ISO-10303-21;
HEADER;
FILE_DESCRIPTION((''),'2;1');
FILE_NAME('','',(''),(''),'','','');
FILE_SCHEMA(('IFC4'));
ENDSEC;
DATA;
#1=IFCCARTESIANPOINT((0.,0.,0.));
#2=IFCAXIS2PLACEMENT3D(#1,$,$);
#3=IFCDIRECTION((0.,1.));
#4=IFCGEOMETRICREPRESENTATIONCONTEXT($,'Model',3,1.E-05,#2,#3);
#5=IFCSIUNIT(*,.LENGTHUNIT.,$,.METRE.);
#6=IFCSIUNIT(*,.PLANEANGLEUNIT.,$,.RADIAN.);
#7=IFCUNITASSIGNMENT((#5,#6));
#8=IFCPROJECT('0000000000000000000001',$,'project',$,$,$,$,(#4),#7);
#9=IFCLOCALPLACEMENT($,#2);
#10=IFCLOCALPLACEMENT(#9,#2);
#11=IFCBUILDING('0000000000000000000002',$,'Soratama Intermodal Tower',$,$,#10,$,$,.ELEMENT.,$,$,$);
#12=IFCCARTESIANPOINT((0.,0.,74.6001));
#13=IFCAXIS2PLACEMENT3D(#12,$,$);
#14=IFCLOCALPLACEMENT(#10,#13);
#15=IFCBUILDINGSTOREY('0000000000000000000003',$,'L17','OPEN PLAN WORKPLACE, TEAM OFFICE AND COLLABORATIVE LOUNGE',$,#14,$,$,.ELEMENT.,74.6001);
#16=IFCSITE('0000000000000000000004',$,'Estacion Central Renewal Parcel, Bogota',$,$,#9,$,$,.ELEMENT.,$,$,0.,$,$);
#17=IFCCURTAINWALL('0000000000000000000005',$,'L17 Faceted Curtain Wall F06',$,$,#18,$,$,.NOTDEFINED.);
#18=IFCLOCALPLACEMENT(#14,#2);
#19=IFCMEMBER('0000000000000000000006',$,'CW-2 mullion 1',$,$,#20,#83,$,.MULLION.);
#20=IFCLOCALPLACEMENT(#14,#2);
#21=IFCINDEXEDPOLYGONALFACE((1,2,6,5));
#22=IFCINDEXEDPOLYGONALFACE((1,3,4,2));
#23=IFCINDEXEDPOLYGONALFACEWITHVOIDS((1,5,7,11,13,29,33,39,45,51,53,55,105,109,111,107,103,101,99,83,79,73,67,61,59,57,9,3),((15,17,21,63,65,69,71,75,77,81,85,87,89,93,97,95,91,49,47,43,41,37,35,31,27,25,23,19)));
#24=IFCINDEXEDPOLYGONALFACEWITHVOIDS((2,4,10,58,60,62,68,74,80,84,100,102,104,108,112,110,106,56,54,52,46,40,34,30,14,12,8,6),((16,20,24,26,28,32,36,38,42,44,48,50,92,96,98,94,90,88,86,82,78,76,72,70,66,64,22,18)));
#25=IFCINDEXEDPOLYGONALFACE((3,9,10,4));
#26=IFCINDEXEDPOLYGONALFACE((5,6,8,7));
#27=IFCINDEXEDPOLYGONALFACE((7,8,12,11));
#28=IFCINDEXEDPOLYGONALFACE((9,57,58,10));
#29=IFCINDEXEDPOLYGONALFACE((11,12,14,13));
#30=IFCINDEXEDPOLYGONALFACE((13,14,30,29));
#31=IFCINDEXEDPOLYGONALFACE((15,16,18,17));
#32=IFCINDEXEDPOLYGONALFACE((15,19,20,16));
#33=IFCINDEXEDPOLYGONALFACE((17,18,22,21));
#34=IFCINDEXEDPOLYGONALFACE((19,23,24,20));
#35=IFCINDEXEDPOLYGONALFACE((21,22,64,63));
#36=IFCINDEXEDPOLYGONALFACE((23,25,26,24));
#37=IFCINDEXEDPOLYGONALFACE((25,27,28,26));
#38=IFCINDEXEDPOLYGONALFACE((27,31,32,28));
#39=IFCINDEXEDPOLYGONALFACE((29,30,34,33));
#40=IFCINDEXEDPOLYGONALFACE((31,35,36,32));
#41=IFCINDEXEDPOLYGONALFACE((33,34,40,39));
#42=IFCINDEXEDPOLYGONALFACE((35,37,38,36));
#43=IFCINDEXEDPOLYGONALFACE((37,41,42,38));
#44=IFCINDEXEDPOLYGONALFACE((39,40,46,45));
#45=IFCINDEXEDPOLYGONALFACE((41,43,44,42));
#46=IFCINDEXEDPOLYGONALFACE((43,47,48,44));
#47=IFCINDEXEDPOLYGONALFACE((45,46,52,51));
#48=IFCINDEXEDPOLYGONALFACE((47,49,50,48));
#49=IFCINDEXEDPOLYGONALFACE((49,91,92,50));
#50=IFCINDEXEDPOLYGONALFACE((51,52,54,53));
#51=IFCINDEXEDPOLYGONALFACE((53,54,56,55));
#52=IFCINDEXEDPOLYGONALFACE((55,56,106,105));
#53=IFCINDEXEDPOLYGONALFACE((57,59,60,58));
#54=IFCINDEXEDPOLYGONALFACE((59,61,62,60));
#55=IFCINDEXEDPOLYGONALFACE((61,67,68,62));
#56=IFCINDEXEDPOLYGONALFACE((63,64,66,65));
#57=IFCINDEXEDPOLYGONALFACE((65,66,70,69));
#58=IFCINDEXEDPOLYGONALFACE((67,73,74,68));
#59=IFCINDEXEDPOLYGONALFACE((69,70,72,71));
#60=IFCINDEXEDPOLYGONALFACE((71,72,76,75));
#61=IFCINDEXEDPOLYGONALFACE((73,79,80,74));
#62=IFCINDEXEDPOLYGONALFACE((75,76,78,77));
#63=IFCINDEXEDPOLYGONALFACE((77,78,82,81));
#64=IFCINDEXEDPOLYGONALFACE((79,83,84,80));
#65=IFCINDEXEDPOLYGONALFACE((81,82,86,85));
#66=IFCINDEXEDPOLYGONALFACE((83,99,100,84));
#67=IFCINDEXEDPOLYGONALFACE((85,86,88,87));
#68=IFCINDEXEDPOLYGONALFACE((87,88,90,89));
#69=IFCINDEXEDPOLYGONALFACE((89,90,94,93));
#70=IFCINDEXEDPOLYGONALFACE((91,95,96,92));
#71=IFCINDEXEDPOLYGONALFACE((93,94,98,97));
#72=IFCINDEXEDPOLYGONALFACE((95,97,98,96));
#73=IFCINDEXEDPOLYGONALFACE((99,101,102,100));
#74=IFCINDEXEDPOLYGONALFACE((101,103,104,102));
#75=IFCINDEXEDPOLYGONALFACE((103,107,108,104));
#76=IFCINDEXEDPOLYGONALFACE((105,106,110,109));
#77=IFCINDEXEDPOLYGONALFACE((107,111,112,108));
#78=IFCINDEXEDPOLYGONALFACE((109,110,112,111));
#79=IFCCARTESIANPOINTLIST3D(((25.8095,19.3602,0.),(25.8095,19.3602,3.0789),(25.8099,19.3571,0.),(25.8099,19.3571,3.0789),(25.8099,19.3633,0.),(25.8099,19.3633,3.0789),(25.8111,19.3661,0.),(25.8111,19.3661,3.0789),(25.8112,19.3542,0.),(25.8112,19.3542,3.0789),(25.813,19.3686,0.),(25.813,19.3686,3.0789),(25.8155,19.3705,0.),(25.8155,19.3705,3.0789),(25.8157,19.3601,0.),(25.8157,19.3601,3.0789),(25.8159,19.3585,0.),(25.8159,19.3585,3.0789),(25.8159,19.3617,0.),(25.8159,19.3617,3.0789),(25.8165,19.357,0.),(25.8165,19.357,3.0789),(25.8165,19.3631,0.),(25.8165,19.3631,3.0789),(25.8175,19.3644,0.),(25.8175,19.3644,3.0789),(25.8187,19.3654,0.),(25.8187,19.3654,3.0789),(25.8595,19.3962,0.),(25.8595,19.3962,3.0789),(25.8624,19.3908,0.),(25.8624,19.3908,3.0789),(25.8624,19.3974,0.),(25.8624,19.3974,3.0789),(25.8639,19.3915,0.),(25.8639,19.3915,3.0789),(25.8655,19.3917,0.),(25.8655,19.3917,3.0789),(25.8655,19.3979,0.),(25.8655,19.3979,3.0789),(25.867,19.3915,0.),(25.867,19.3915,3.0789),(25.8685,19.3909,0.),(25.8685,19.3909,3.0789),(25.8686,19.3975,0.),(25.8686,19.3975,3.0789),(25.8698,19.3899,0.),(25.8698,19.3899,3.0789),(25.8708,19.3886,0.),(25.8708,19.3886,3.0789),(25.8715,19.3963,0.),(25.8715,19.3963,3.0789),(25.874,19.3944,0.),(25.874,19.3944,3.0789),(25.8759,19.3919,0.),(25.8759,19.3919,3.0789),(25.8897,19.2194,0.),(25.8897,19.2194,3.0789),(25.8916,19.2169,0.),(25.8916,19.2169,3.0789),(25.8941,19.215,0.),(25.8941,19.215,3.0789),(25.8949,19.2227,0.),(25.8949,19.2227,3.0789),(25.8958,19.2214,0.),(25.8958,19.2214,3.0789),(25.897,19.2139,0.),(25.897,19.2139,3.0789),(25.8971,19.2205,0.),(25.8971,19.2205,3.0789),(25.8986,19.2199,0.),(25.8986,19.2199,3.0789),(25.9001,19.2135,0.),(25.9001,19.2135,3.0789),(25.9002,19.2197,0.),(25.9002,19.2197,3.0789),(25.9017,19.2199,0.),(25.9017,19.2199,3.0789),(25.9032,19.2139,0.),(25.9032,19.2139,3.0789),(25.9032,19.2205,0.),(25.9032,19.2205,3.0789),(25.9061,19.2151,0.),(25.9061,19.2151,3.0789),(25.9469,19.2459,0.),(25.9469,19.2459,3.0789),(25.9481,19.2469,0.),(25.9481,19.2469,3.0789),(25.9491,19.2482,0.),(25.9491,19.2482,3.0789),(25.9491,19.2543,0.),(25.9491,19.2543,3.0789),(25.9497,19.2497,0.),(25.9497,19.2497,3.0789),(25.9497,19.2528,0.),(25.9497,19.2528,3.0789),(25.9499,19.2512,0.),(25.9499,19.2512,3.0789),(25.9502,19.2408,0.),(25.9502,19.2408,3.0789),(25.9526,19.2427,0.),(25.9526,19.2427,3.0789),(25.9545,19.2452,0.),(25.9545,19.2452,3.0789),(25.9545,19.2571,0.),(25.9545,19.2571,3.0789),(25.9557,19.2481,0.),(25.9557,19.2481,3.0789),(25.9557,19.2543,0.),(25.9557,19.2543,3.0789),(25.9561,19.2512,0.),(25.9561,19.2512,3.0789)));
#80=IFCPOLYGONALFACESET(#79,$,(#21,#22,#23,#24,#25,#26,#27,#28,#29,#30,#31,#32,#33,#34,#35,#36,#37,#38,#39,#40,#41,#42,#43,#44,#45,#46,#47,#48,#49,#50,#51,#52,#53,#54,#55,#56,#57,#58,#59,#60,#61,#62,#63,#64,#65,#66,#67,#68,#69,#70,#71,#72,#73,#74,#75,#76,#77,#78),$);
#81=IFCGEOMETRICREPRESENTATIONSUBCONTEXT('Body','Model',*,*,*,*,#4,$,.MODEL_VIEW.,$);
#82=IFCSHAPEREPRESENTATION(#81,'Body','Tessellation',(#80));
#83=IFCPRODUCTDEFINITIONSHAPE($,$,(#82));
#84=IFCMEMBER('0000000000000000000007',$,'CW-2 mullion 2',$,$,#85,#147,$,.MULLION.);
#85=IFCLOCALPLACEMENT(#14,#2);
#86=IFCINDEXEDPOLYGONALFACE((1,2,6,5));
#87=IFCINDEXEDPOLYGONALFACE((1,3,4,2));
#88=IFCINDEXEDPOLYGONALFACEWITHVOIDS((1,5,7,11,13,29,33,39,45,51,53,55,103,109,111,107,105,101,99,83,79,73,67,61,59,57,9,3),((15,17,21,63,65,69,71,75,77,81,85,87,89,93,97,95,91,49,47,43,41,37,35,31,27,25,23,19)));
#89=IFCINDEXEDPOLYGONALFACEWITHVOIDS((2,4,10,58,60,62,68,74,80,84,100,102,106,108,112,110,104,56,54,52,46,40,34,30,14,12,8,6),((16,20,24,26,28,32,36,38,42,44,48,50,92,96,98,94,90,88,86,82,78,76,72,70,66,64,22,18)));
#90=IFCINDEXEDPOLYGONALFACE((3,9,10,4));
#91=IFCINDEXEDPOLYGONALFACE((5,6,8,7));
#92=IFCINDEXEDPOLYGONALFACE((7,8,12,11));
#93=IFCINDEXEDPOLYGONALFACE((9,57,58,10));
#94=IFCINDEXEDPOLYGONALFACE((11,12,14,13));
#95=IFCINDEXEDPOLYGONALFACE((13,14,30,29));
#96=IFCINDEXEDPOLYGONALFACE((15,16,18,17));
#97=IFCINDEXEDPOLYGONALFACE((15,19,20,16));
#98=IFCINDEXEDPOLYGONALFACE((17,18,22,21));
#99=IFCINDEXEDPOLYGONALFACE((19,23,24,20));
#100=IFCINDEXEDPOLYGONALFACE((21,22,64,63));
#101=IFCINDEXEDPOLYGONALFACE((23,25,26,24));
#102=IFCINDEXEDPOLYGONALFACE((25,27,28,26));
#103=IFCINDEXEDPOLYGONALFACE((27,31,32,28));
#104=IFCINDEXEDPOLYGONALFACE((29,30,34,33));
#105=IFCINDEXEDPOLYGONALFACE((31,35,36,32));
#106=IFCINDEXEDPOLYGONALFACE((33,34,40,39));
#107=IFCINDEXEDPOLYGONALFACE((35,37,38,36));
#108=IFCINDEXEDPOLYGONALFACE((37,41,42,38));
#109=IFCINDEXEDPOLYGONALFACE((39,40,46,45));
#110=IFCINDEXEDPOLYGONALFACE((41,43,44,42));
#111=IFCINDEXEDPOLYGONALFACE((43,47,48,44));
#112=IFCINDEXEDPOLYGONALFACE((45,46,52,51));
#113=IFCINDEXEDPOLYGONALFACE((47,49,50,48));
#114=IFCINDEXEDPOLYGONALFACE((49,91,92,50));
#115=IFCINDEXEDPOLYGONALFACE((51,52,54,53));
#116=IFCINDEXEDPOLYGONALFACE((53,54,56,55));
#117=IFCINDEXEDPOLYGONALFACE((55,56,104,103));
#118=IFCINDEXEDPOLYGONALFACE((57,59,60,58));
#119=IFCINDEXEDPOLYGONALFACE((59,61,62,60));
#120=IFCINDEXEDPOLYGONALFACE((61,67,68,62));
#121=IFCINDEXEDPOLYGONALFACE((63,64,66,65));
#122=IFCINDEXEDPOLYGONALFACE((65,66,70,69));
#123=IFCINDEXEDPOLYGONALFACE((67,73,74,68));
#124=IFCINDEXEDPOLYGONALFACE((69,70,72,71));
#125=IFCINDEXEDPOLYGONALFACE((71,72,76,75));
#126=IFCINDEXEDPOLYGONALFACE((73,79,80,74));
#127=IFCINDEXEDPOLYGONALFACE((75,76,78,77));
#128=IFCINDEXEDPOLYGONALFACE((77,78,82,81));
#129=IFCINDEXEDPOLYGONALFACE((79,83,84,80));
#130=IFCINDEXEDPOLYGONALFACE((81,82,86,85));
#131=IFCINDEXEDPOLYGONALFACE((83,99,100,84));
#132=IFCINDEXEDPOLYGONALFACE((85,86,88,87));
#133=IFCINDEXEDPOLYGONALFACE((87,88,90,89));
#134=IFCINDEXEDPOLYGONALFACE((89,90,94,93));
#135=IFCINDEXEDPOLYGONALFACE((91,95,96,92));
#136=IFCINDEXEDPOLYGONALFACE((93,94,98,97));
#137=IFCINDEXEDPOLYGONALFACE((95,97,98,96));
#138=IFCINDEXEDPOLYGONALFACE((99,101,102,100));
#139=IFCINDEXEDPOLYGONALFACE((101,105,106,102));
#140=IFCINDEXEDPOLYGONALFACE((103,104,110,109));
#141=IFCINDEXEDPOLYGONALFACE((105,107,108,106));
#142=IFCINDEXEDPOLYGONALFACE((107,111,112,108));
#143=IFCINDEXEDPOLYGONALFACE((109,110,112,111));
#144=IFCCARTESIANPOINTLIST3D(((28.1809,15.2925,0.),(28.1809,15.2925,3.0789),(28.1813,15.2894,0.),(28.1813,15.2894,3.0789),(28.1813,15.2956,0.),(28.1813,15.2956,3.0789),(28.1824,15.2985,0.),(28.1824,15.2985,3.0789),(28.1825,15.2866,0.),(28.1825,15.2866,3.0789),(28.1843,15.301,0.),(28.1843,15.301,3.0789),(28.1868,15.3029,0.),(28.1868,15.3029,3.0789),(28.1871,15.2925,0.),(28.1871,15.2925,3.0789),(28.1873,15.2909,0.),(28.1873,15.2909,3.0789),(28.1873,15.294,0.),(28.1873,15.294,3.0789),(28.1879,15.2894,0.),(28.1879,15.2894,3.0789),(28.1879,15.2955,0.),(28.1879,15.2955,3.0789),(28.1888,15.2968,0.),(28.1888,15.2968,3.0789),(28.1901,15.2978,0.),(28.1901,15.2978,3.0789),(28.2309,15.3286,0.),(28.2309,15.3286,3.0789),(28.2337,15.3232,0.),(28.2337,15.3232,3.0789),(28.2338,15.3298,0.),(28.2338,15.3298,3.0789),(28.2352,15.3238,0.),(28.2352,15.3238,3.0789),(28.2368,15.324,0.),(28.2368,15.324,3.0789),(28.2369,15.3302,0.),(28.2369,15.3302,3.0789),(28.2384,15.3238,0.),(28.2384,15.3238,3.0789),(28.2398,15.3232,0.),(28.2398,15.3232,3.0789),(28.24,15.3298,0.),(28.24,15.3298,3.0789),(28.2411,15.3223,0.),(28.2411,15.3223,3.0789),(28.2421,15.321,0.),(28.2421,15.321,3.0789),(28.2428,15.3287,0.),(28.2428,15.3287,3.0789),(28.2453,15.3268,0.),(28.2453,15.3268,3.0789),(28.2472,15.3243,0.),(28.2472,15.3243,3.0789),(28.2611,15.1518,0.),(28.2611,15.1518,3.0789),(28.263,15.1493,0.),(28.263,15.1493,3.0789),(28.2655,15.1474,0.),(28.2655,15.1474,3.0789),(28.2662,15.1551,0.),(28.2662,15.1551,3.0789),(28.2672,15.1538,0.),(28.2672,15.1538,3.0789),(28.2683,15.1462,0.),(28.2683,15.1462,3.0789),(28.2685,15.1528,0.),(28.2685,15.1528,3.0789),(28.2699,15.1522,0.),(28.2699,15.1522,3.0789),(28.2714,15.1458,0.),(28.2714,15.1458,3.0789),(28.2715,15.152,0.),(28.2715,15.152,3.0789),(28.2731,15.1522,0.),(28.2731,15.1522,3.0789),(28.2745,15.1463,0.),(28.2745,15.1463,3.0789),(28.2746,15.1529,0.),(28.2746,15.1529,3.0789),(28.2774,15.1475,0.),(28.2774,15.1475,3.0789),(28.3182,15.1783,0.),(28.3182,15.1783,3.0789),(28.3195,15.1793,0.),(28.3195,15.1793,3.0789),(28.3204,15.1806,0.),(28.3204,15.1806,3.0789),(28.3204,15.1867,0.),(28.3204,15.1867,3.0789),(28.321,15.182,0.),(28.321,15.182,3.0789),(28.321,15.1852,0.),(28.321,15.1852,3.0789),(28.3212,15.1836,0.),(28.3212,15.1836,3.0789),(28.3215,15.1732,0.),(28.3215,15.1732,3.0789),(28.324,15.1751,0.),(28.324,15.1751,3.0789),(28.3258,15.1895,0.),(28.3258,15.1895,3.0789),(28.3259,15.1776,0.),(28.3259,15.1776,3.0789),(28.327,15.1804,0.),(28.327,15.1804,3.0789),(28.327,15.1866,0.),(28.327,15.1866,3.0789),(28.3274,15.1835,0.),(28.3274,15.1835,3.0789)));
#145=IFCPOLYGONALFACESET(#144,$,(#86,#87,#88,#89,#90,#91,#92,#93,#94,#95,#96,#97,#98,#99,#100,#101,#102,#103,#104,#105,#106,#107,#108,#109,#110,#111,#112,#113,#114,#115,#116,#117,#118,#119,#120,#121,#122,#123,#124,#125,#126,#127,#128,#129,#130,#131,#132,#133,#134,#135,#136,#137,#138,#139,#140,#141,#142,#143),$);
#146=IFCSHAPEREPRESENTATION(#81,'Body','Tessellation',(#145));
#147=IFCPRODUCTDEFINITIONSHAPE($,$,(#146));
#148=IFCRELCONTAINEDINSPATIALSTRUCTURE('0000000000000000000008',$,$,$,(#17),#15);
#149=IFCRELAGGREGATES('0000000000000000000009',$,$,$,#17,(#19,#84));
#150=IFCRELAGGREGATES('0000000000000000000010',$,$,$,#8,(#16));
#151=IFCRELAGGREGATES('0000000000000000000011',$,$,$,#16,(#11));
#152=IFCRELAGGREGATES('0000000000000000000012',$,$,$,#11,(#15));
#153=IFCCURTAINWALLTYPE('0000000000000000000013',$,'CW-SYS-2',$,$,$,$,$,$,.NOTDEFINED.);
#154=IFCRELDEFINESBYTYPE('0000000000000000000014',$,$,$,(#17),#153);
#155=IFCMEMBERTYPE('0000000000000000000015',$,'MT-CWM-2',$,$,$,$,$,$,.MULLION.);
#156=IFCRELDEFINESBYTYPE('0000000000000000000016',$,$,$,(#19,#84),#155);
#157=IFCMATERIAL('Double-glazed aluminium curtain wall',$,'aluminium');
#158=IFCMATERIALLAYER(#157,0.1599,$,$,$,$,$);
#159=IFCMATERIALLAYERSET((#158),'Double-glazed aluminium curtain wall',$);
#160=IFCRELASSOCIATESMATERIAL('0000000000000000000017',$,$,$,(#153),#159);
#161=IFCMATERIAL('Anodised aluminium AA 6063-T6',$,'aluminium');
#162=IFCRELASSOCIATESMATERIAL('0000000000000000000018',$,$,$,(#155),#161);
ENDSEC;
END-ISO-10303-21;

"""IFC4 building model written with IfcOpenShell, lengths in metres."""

from ifc_helpers import new_model, si_unit, direction, frame, origin, origin_2d, place, context, subcontext, project, spatial, hollow_rectangle, extrude, material, layer, layer_set, material_profile, profile_set, type_object, element, aggregate, save


model = new_model("IFC4")

# Units and contexts
model_context = context("Model", 3, precision=1e-05, world=origin(), true_north=direction((0.0, 1.0)))
body_context = subcontext(model_context, "Body", "Model", "MODEL_VIEW")
ifc_project = project(units=[si_unit("LENGTHUNIT", "METRE"), si_unit("PLANEANGLEUNIT", "RADIAN")], contexts=[model_context])

# Site, building, storey
site_placement = place(None, origin())
site = spatial("IfcSite", under=ifc_project, at=site_placement, Name="Estacion Central Renewal Parcel, Bogota", CompositionType="ELEMENT", RefElevation=0.0)
building_placement = place(site_placement, origin())
building = spatial("IfcBuilding", under=site, at=building_placement, Name="Soratama Intermodal Tower", CompositionType="ELEMENT")
storey_placement = place(building_placement, frame((0.0, 0.0, 74.6001)))
storey = spatial("IfcBuildingStorey", under=building, at=storey_placement, Name="L17", Description="OPEN PLAN WORKPLACE, TEAM OFFICE AND COLLABORATIVE LOUNGE", CompositionType="ELEMENT", Elevation=74.6001)

# Curtain wall, members
ifc_material_1 = material(Name="Double-glazed aluminium curtain wall", Category="aluminium")
ifc_layer_1 = layer(ifc_material_1, 0.1599)
ifc_layer_set_1 = layer_set([ifc_layer_1], Name="Double-glazed aluminium curtain wall")
curtain_wall_type = type_object("IfcCurtainWallType", Name="CW-SYS-2", PredefinedType="NOTDEFINED", material=ifc_layer_set_1)
curtain_wall_placement = place(storey_placement, origin())
curtain_wall = element("IfcCurtainWall", 1, at=curtain_wall_placement, inside=storey, type_object=curtain_wall_type, Name="L17 Faceted Curtain Wall F06", PredefinedType="NOTDEFINED")
ifc_material_2 = material(Name="Anodised aluminium AA 6063-T6", Category="aluminium")
ifc_material_profile_1 = material_profile(ifc_material_2, hollow_rectangle(XDim=0.075, YDim=0.1799, WallThickness=0.0061, InnerFilletRadius=0.0061, OuterFilletRadius=0.012, at=origin_2d()), Name="CWM180X75X6")
ifc_profile_set_1 = profile_set([ifc_material_profile_1], Name="Anodised aluminium AA 6063-T6")
member_type_1 = type_object("IfcMemberType", Name="MT-CWM-2", PredefinedType="MULLION", material=ifc_profile_set_1)
member_1_placement = place(storey_placement, frame((25.8828, 19.3057, 0.0), z_axis=(0.0, 0.0, 1.0), x_axis=(0.863925, 0.50362, 0.0)))
member_1 = element("IfcMember", 2, at=member_1_placement, type_object=member_type_1, Name="CW-2 mullion 1", PredefinedType="MULLION", context=body_context, shape_type="SweptSolid", body=[
    extrude(hollow_rectangle(XDim=0.075, YDim=0.1799, WallThickness=0.0061, InnerFilletRadius=0.0061, OuterFilletRadius=0.012, at=origin_2d()), origin(), (0.0, 0.0, 1.0), 3.0789),
])
member_2_placement = place(storey_placement, frame((28.2542, 15.238, 0.0), z_axis=(0.0, 0.0, 1.0), x_axis=(0.863925, 0.50362, 0.0)))
member_2 = element("IfcMember", 3, at=member_2_placement, type_object=member_type_1, Name="CW-2 mullion 2", PredefinedType="MULLION", context=body_context, shape_type="SweptSolid", body=[
    extrude(hollow_rectangle(XDim=0.075, YDim=0.1799, WallThickness=0.0061, InnerFilletRadius=0.0061, OuterFilletRadius=0.012, at=origin_2d()), origin(), (0.0, 0.0, 1.0), 3.0789),
])
aggregate(curtain_wall, [member_1, member_2])

save(model, "model.ifc")
